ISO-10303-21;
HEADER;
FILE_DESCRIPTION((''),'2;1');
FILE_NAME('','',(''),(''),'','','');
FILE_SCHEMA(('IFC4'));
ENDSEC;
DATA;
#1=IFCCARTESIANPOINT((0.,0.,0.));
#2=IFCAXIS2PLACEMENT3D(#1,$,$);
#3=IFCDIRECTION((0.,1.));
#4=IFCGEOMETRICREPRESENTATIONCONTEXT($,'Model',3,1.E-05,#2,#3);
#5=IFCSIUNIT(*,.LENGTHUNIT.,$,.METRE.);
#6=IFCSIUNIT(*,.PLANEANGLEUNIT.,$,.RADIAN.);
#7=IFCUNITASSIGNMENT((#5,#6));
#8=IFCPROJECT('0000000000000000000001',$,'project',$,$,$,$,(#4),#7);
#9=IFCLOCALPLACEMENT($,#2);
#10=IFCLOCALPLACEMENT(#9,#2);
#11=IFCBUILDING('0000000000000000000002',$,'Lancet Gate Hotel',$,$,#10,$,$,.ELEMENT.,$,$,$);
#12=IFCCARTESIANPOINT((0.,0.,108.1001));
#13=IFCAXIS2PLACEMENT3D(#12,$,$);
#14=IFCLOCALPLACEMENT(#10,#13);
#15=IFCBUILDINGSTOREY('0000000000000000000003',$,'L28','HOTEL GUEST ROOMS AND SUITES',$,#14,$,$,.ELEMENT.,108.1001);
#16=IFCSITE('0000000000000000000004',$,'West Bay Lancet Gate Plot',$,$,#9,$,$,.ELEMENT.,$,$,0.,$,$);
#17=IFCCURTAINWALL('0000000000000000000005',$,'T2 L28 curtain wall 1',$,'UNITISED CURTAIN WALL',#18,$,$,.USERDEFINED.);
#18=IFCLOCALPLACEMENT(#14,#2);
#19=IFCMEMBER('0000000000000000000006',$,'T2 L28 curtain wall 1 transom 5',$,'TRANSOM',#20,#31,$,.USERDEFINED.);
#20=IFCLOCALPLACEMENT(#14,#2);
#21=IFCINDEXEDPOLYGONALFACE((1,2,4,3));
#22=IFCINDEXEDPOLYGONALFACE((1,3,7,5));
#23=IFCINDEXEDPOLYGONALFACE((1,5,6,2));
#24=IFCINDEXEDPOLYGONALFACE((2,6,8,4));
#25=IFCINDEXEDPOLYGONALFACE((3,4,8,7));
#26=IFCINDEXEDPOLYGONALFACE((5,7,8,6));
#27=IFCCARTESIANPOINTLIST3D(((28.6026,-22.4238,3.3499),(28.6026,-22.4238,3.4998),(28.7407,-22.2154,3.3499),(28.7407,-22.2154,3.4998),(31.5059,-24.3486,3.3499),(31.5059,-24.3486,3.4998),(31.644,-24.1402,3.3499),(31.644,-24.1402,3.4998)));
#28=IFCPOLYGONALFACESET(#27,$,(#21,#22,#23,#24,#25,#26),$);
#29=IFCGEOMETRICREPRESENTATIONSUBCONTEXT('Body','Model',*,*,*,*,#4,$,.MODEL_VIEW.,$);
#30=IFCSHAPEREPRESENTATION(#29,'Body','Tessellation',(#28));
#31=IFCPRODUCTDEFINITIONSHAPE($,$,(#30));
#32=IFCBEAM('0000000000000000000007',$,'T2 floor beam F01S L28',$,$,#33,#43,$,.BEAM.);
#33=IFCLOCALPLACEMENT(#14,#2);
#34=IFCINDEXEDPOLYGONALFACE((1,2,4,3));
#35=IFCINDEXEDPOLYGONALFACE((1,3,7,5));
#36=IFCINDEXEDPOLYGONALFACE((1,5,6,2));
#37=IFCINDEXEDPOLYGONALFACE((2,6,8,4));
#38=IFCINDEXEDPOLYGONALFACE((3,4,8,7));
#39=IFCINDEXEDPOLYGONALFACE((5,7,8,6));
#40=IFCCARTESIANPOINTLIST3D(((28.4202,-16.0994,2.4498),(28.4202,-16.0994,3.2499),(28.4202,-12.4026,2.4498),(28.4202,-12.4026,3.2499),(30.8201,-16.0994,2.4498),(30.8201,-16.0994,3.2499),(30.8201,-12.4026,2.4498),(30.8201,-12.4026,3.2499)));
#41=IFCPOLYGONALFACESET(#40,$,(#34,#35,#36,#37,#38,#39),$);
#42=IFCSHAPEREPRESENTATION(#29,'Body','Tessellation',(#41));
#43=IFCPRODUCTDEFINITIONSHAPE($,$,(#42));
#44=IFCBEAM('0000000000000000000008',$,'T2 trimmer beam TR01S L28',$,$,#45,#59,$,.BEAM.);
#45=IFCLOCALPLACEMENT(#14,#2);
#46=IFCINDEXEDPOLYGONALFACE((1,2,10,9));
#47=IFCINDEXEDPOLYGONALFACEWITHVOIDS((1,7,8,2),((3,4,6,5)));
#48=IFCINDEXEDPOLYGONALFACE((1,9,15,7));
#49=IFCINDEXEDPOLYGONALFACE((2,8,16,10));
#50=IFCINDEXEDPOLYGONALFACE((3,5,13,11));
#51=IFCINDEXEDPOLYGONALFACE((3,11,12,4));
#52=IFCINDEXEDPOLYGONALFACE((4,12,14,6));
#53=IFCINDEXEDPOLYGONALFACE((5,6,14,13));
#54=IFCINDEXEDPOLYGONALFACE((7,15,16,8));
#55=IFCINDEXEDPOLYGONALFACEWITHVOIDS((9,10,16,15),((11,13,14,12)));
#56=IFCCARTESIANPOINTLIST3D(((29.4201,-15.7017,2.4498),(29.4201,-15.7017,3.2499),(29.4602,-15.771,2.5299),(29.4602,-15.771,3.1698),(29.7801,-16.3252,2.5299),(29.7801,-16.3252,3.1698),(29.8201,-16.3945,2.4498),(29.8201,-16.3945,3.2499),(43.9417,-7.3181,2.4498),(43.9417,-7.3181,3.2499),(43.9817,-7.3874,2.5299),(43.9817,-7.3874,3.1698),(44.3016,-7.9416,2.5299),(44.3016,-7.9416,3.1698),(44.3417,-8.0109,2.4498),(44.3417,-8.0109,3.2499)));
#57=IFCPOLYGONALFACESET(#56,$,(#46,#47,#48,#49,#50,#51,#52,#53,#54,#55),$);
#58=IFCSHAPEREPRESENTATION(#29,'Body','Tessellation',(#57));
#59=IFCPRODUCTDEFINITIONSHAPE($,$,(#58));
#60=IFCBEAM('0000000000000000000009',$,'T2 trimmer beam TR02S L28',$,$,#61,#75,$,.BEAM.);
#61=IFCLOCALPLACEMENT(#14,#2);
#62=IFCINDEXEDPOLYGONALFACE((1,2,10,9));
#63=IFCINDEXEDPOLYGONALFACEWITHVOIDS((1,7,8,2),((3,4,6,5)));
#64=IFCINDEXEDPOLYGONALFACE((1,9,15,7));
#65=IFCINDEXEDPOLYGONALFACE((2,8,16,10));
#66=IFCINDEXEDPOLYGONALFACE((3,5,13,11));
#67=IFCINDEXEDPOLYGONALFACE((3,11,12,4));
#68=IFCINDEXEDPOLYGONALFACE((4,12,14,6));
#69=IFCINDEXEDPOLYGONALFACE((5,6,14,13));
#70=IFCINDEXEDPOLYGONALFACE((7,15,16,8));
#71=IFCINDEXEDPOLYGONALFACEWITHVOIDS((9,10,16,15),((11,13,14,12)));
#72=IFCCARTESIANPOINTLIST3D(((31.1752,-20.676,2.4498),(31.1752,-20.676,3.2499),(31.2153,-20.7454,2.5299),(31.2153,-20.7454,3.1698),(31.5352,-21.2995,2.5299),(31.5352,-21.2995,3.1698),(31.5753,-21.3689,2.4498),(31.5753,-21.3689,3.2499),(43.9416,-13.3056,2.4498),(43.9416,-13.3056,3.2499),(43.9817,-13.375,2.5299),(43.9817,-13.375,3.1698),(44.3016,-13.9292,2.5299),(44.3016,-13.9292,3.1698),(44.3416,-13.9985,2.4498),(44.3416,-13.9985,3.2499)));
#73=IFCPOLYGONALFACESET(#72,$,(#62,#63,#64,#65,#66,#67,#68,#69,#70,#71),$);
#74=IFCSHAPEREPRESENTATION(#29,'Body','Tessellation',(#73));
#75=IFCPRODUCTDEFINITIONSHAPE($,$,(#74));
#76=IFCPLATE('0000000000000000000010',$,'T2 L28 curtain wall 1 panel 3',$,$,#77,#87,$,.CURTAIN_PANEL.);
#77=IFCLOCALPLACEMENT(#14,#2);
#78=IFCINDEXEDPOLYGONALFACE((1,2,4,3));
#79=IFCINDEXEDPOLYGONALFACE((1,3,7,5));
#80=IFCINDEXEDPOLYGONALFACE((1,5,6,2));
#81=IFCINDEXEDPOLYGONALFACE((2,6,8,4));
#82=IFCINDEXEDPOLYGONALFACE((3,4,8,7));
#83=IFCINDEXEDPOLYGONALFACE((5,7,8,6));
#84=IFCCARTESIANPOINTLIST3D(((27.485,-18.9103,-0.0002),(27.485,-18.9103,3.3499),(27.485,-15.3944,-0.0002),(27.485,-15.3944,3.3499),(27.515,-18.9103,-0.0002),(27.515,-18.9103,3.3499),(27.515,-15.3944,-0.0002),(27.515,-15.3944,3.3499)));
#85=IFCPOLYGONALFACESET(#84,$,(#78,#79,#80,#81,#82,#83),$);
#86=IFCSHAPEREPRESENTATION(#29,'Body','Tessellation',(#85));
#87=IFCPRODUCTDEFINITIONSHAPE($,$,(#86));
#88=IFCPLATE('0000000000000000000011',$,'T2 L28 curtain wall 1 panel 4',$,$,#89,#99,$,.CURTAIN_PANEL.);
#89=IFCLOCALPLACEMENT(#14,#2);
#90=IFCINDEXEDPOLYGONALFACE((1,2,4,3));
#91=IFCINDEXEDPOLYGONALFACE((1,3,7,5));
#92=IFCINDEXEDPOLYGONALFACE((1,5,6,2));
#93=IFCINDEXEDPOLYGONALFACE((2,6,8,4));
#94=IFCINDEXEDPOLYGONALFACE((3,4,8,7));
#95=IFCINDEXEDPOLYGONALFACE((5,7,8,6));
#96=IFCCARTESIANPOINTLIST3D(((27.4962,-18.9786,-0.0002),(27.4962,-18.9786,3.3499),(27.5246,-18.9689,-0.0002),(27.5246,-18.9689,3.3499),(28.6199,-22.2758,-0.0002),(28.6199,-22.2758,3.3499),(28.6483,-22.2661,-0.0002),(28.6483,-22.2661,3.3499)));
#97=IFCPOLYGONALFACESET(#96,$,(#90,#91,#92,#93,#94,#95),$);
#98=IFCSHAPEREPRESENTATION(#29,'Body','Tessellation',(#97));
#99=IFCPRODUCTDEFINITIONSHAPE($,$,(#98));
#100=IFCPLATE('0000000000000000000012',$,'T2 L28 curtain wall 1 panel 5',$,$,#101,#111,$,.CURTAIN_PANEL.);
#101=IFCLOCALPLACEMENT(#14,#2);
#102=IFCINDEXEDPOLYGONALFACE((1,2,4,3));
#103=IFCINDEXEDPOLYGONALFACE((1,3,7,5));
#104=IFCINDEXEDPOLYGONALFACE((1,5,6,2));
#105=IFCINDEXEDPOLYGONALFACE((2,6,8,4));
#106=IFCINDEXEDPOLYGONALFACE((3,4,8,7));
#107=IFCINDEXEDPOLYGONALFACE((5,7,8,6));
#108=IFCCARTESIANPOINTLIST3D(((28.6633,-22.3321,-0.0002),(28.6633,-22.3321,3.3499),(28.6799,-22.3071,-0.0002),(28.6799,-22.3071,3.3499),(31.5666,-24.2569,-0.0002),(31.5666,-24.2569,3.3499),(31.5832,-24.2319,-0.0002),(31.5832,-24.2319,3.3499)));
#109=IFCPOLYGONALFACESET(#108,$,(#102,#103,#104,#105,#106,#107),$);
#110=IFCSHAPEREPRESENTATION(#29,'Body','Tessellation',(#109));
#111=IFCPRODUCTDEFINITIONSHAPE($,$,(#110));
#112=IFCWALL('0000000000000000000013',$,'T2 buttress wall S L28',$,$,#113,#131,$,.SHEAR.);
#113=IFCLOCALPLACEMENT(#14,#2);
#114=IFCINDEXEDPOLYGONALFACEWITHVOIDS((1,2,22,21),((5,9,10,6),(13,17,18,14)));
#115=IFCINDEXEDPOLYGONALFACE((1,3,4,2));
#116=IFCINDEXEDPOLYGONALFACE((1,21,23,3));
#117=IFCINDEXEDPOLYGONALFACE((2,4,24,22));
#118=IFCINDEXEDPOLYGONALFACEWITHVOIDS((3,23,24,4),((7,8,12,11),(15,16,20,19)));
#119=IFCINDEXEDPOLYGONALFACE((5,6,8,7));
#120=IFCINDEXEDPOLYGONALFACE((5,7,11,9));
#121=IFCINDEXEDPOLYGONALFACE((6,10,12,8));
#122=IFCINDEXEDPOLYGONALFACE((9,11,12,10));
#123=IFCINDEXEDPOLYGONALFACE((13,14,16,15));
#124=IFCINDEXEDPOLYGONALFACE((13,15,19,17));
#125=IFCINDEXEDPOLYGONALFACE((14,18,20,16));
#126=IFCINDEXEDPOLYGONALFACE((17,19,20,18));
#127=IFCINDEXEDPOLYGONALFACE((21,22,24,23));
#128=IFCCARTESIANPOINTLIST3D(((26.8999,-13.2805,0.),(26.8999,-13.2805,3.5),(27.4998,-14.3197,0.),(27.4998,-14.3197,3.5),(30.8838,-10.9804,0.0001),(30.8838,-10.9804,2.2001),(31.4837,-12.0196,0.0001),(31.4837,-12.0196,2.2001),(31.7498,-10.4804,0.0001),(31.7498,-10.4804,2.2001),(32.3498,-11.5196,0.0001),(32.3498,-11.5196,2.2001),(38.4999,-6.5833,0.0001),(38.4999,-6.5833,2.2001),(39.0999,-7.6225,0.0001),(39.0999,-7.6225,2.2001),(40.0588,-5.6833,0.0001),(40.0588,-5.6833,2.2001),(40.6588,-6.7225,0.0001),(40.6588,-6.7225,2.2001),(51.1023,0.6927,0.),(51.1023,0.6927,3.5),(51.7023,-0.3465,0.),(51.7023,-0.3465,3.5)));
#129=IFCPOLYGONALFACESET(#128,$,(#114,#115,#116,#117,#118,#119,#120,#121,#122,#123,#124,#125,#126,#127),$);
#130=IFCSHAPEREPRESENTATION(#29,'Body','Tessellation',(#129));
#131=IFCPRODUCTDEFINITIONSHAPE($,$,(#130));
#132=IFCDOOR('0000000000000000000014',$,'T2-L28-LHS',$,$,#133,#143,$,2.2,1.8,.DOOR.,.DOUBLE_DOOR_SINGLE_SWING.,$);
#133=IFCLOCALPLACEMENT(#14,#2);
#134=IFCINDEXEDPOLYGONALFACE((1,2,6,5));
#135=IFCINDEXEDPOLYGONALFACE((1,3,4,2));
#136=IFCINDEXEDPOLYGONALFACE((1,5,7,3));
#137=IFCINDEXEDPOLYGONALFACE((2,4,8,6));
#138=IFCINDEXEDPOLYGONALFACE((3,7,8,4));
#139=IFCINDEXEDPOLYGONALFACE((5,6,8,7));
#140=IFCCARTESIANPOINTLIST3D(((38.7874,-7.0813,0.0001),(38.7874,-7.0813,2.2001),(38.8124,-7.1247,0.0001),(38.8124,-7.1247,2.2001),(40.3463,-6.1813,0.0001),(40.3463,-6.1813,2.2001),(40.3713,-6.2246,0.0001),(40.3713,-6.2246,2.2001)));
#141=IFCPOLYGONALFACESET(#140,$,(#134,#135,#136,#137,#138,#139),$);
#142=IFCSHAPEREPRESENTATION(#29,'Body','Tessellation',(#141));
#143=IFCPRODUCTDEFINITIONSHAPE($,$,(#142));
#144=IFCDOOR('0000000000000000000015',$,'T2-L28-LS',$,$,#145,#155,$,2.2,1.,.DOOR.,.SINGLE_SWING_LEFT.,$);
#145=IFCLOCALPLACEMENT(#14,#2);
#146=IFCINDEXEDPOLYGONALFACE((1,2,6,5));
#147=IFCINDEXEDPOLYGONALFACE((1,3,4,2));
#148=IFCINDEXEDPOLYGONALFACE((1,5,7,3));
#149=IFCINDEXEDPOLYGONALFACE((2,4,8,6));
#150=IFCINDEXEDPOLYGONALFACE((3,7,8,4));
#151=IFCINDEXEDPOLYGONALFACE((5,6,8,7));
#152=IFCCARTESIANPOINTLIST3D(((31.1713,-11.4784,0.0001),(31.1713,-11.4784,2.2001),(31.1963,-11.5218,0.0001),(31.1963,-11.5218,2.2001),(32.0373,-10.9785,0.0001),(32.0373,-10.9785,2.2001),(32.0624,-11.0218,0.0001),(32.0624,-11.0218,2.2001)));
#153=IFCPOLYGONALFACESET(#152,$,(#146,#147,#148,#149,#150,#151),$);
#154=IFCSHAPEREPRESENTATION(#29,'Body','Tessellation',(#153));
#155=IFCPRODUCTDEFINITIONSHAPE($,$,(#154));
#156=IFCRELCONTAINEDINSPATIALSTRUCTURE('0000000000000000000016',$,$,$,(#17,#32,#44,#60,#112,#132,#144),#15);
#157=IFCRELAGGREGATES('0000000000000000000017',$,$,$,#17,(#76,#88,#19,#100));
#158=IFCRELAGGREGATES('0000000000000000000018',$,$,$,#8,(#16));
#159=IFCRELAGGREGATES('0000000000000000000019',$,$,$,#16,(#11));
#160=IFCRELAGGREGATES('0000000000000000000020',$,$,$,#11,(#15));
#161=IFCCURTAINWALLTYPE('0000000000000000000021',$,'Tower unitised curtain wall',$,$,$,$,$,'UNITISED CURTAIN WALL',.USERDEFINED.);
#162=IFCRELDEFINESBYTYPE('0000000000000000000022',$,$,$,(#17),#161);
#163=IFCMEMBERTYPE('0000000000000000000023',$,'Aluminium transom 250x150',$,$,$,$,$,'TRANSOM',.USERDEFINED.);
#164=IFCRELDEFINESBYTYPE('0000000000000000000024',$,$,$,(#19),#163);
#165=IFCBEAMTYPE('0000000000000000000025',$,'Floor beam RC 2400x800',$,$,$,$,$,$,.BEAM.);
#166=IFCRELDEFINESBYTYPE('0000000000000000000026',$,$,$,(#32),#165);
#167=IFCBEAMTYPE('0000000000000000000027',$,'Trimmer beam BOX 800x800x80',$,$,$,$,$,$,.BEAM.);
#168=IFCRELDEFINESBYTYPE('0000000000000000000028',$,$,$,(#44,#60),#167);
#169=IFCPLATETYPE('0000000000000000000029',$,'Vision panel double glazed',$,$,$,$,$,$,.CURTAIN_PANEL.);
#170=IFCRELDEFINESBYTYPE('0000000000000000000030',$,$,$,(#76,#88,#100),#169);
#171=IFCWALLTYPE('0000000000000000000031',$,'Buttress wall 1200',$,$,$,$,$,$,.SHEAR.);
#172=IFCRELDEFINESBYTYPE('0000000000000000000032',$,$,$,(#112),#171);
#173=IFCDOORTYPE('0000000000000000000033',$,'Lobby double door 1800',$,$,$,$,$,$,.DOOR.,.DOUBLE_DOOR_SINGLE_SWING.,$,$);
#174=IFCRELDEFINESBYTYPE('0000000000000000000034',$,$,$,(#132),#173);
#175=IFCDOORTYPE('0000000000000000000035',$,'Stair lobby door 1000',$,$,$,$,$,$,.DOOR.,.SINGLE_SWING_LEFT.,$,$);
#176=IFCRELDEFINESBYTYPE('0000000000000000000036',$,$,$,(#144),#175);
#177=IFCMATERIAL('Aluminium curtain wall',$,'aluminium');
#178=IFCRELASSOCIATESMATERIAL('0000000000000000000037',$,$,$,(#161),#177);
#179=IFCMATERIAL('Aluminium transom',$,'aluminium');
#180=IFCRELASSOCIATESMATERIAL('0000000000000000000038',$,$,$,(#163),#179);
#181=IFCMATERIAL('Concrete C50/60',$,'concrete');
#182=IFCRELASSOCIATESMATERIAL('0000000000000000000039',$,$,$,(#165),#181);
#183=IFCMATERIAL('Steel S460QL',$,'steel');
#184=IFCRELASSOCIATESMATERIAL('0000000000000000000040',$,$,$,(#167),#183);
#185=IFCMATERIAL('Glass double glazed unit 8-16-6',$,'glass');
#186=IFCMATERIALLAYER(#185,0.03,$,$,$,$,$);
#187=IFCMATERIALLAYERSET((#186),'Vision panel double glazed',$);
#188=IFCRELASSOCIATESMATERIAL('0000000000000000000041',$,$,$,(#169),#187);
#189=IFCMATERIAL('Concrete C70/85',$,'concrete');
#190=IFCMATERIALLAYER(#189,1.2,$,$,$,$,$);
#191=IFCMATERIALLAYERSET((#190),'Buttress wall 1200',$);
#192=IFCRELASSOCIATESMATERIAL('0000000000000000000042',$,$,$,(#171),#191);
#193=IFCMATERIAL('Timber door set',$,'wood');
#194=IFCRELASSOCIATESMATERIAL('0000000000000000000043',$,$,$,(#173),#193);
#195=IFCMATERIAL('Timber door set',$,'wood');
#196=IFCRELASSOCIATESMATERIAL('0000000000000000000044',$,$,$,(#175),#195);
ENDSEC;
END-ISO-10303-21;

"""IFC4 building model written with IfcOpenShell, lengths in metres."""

from ifc_helpers import new_model, si_unit, direction, frame, frame_2d, origin, origin_2d, place, context, subcontext, project, spatial, rectangle, hollow_rectangle, extrude, material, layer, layer_set, material_profile, profile_set, type_object, element, fill, aggregate, save


model = new_model("IFC4")

# Units and contexts
model_context = context("Model", 3, precision=1e-05, world=origin(), true_north=direction((0.0, 1.0)))
body_context = subcontext(model_context, "Body", "Model", "MODEL_VIEW")
ifc_project = project(units=[si_unit("LENGTHUNIT", "METRE"), si_unit("PLANEANGLEUNIT", "RADIAN")], contexts=[model_context])

# Site, building, storey
site_placement = place(None, origin())
site = spatial("IfcSite", under=ifc_project, at=site_placement, Name="West Bay Lancet Gate Plot", CompositionType="ELEMENT", RefElevation=0.0)
building_placement = place(site_placement, origin())
building = spatial("IfcBuilding", under=site, at=building_placement, Name="Lancet Gate Hotel", CompositionType="ELEMENT")
storey_placement = place(building_placement, frame((0.0, 0.0, 108.1001)))
storey = spatial("IfcBuildingStorey", under=building, at=storey_placement, Name="L28", Description="HOTEL GUEST ROOMS AND SUITES", CompositionType="ELEMENT", Elevation=108.1001)

# Curtain wall, member
ifc_material_1 = material(Name="Aluminium curtain wall", Category="aluminium")
curtain_wall_type = type_object("IfcCurtainWallType", Name="Tower unitised curtain wall", ElementType="UNITISED CURTAIN WALL", PredefinedType="USERDEFINED", material=ifc_material_1)
curtain_wall_placement = place(storey_placement, origin())
curtain_wall = element("IfcCurtainWall", 1, at=curtain_wall_placement, inside=storey, type_object=curtain_wall_type, Name="T2 L28 curtain wall 1", ObjectType="UNITISED CURTAIN WALL", PredefinedType="USERDEFINED")
ifc_material_2 = material(Name="Aluminium transom", Category="aluminium")
ifc_material_profile_1 = material_profile(ifc_material_2, rectangle(XDim=0.25, YDim=0.1499, at=origin_2d()), Name="TRANSOM 250x150")
ifc_profile_set_1 = profile_set([ifc_material_profile_1], Name="Aluminium transom")
member_type_1 = type_object("IfcMemberType", Name="Aluminium transom 250x150", ElementType="TRANSOM", PredefinedType="USERDEFINED", material=ifc_profile_set_1)
member_1_placement = place(storey_placement, frame((28.6716, -22.3196, 3.4248), z_axis=(0.833471, -0.552563, 0.0), x_axis=(0.552563, 0.833471, 0.0)))
member_1 = element("IfcMember", 2, at=member_1_placement, type_object=member_type_1, Name="T2 L28 curtain wall 1 transom 5", ObjectType="TRANSOM", PredefinedType="USERDEFINED", context=body_context, shape_type="SweptSolid", body=[
    extrude(rectangle(XDim=0.25, YDim=0.1499, at=origin_2d()), origin(), (0.0, 0.0, 1.0), 3.4834),
])

# Beams
ifc_material_3 = material(Name="Concrete C50/60", Category="concrete")
ifc_material_profile_2 = material_profile(ifc_material_3, rectangle(XDim=2.3999, YDim=0.8, at=origin_2d()), Name="RC 2400x800")
ifc_profile_set_2 = profile_set([ifc_material_profile_2], Name="Concrete C50/60")
beam_type_1 = type_object("IfcBeamType", Name="Floor beam RC 2400x800", PredefinedType="BEAM", material=ifc_profile_set_2)
beam_1_placement = place(storey_placement, frame((29.6201, -16.0994, 2.8499), z_axis=(0.0, 1.0, 0.0), x_axis=(-1.0, 0.0, 0.0)))
element("IfcBeam", 3, at=beam_1_placement, inside=storey, type_object=beam_type_1, Name="T2 floor beam F01S L28", PredefinedType="BEAM", context=body_context, shape_type="SweptSolid", body=[
    extrude(rectangle(XDim=2.3999, YDim=0.8, at=origin_2d()), origin(), (0.0, 0.0, 1.0), 3.6968),
])
ifc_material_4 = material(Name="Steel S460QL", Category="steel")
ifc_material_profile_3 = material_profile(ifc_material_4, hollow_rectangle(XDim=0.8, YDim=0.8, WallThickness=0.0801, at=origin_2d()), Name="BOX 800x800x80")
ifc_profile_set_3 = profile_set([ifc_material_profile_3], Name="Steel S460QL")
beam_type_2 = type_object("IfcBeamType", Name="Trimmer beam BOX 800x800x80", PredefinedType="BEAM", material=ifc_profile_set_3)
beam_2_placement = place(storey_placement, frame((29.6201, -16.0481, 2.8499), z_axis=(0.866037, 0.49998, 0.0), x_axis=(-0.49998, 0.866037, 0.0)))
element("IfcBeam", 4, at=beam_2_placement, inside=storey, type_object=beam_type_2, Name="T2 trimmer beam TR01S L28", PredefinedType="BEAM", context=body_context, shape_type="SweptSolid", body=[
    extrude(hollow_rectangle(XDim=0.8, YDim=0.8, WallThickness=0.0801, at=origin_2d()), origin(), (0.0, 0.0, 1.0), 16.7678),
])
beam_3_placement = place(storey_placement, frame((31.3752, -21.0225, 2.8499), z_axis=(0.866034, 0.499985, 0.0), x_axis=(-0.499985, 0.866034, 0.0)))
element("IfcBeam", 5, at=beam_3_placement, inside=storey, type_object=beam_type_2, Name="T2 trimmer beam TR02S L28", PredefinedType="BEAM", context=body_context, shape_type="SweptSolid", body=[
    extrude(hollow_rectangle(XDim=0.8, YDim=0.8, WallThickness=0.0801, at=origin_2d()), origin(), (0.0, 0.0, 1.0), 14.7412),
])

# Plates
ifc_material_5 = material(Name="Glass double glazed unit 8-16-6", Category="glass")
ifc_layer_1 = layer(ifc_material_5, 0.03)
ifc_layer_set_1 = layer_set([ifc_layer_1], Name="Vision panel double glazed")
plate_type = type_object("IfcPlateType", Name="Vision panel double glazed", PredefinedType="CURTAIN_PANEL", material=ifc_layer_set_1)
plate_1_placement = place(storey_placement, frame((27.5, -17.1523, -0.0002), z_axis=(0.0, 0.0, 1.0), x_axis=(0.0, -1.0, 0.0)))
plate_1 = element("IfcPlate", 6, at=plate_1_placement, type_object=plate_type, Name="T2 L28 curtain wall 1 panel 3", PredefinedType="CURTAIN_PANEL", context=body_context, shape_type="SweptSolid", body=[
    extrude(rectangle(XDim=3.5159, YDim=0.03, at=origin_2d()), origin(), (0.0, 0.0, 1.0), 3.3501),
])
plate_2_placement = place(storey_placement, frame((28.0723, -20.6223, -0.0002), z_axis=(0.0, 0.0, 1.0), x_axis=(0.322576, -0.946544, 0.0)))
plate_2 = element("IfcPlate", 7, at=plate_2_placement, type_object=plate_type, Name="T2 L28 curtain wall 1 panel 4", PredefinedType="CURTAIN_PANEL", context=body_context, shape_type="SweptSolid", body=[
    extrude(rectangle(XDim=3.4834, YDim=0.03, at=origin_2d()), origin(), (0.0, 0.0, 1.0), 3.3501),
])
plate_3_placement = place(storey_placement, frame((30.1233, -23.282, -0.0002), z_axis=(0.0, 0.0, 1.0), x_axis=(0.833465, -0.552573, 0.0)))
plate_3 = element("IfcPlate", 8, at=plate_3_placement, type_object=plate_type, Name="T2 L28 curtain wall 1 panel 5", PredefinedType="CURTAIN_PANEL", context=body_context, shape_type="SweptSolid", body=[
    extrude(rectangle(XDim=3.4834, YDim=0.03, at=origin_2d()), origin(), (0.0, 0.0, 1.0), 3.3501),
])
aggregate(curtain_wall, [plate_1, plate_2, member_1, plate_3])

# Wall, openings, doors
ifc_material_6 = material(Name="Concrete C70/85", Category="concrete")
ifc_layer_2 = layer(ifc_material_6, 1.2)
ifc_layer_set_2 = layer_set([ifc_layer_2], Name="Buttress wall 1200")
wall_type_1 = type_object("IfcWallType", Name="Buttress wall 1200", PredefinedType="SHEAR", material=ifc_layer_set_2)
wall_1_placement = place(storey_placement, frame((27.2, -13.8, 0.0), z_axis=(0.0, 0.0, 1.0), x_axis=(0.866027, 0.499997, 0.0)))
wall_1 = element("IfcWall", 9, at=wall_1_placement, inside=storey, type_object=wall_type_1, Name="T2 buttress wall S L28", PredefinedType="SHEAR", context=body_context, shape_type="SweptSolid", body=[
    extrude(rectangle(XDim=27.9465, YDim=1.2, at=frame_2d((13.9731, 0.0))), origin(), (0.0, 0.0, 1.0), 3.5),
])
opening_1_placement = place(wall_1_placement, frame((4.6001, 0.0, 0.0)))
opening_1 = element("IfcOpeningElement", 10, at=opening_1_placement, cuts=wall_1, PredefinedType="OPENING", context=body_context, shape_type="SweptSolid", body=[
    extrude(rectangle(XDim=1.0, YDim=2.2, at=frame_2d((0.5, 1.1001))), frame((0.0, 0.6099, 0.0), z_axis=(0.0, -1.0, 0.0), x_axis=(1.0, 0.0, 0.0)), (0.0, 0.0, 1.0), 1.22),
])
opening_2_placement = place(wall_1_placement, frame((13.3945, 0.0, 0.0)))
opening_2 = element("IfcOpeningElement", 11, at=opening_2_placement, cuts=wall_1, PredefinedType="OPENING", context=body_context, shape_type="SweptSolid", body=[
    extrude(rectangle(XDim=1.8, YDim=2.2, at=frame_2d((0.8999, 1.1001))), frame((0.0, 0.6099, 0.0), z_axis=(0.0, -1.0, 0.0), x_axis=(1.0, 0.0, 0.0)), (0.0, 0.0, 1.0), 1.22),
])
ifc_material_7 = material(Name="Timber door set", Category="wood")
door_type_1 = type_object("IfcDoorType", Name="Lobby double door 1800", OperationType="DOUBLE_DOOR_SINGLE_SWING", PredefinedType="DOOR", material=ifc_material_7)
door_1_placement = place(opening_2_placement, origin())
door_1 = element("IfcDoor", 12, at=door_1_placement, inside=storey, type_object=door_type_1, Name="T2-L28-LHS", OperationType="DOUBLE_DOOR_SINGLE_SWING", OverallHeight=2.2, OverallWidth=1.8, PredefinedType="DOOR", context=body_context, shape_type="SweptSolid", body=[
    extrude(rectangle(XDim=1.8, YDim=2.2, at=frame_2d((0.8999, 1.1001))), frame((0.0, 0.0249, 0.0), z_axis=(0.0, -1.0, 0.0), x_axis=(1.0, 0.0, 0.0)), (0.0, 0.0, 1.0), 0.05),
])
fill(opening_2, door_1)
ifc_material_8 = material(Name="Timber door set", Category="wood")
door_type_2 = type_object("IfcDoorType", Name="Stair lobby door 1000", OperationType="SINGLE_SWING_LEFT", PredefinedType="DOOR", material=ifc_material_8)
door_2_placement = place(opening_1_placement, origin())
door_2 = element("IfcDoor", 13, at=door_2_placement, inside=storey, type_object=door_type_2, Name="T2-L28-LS", OperationType="SINGLE_SWING_LEFT", OverallHeight=2.2, OverallWidth=1.0, PredefinedType="DOOR", context=body_context, shape_type="SweptSolid", body=[
    extrude(rectangle(XDim=1.0, YDim=2.2, at=frame_2d((0.5, 1.1001))), frame((0.0, 0.0249, 0.0), z_axis=(0.0, -1.0, 0.0), x_axis=(1.0, 0.0, 0.0)), (0.0, 0.0, 1.0), 0.05),
])
fill(opening_1, door_2)

save(model, "model.ifc")
